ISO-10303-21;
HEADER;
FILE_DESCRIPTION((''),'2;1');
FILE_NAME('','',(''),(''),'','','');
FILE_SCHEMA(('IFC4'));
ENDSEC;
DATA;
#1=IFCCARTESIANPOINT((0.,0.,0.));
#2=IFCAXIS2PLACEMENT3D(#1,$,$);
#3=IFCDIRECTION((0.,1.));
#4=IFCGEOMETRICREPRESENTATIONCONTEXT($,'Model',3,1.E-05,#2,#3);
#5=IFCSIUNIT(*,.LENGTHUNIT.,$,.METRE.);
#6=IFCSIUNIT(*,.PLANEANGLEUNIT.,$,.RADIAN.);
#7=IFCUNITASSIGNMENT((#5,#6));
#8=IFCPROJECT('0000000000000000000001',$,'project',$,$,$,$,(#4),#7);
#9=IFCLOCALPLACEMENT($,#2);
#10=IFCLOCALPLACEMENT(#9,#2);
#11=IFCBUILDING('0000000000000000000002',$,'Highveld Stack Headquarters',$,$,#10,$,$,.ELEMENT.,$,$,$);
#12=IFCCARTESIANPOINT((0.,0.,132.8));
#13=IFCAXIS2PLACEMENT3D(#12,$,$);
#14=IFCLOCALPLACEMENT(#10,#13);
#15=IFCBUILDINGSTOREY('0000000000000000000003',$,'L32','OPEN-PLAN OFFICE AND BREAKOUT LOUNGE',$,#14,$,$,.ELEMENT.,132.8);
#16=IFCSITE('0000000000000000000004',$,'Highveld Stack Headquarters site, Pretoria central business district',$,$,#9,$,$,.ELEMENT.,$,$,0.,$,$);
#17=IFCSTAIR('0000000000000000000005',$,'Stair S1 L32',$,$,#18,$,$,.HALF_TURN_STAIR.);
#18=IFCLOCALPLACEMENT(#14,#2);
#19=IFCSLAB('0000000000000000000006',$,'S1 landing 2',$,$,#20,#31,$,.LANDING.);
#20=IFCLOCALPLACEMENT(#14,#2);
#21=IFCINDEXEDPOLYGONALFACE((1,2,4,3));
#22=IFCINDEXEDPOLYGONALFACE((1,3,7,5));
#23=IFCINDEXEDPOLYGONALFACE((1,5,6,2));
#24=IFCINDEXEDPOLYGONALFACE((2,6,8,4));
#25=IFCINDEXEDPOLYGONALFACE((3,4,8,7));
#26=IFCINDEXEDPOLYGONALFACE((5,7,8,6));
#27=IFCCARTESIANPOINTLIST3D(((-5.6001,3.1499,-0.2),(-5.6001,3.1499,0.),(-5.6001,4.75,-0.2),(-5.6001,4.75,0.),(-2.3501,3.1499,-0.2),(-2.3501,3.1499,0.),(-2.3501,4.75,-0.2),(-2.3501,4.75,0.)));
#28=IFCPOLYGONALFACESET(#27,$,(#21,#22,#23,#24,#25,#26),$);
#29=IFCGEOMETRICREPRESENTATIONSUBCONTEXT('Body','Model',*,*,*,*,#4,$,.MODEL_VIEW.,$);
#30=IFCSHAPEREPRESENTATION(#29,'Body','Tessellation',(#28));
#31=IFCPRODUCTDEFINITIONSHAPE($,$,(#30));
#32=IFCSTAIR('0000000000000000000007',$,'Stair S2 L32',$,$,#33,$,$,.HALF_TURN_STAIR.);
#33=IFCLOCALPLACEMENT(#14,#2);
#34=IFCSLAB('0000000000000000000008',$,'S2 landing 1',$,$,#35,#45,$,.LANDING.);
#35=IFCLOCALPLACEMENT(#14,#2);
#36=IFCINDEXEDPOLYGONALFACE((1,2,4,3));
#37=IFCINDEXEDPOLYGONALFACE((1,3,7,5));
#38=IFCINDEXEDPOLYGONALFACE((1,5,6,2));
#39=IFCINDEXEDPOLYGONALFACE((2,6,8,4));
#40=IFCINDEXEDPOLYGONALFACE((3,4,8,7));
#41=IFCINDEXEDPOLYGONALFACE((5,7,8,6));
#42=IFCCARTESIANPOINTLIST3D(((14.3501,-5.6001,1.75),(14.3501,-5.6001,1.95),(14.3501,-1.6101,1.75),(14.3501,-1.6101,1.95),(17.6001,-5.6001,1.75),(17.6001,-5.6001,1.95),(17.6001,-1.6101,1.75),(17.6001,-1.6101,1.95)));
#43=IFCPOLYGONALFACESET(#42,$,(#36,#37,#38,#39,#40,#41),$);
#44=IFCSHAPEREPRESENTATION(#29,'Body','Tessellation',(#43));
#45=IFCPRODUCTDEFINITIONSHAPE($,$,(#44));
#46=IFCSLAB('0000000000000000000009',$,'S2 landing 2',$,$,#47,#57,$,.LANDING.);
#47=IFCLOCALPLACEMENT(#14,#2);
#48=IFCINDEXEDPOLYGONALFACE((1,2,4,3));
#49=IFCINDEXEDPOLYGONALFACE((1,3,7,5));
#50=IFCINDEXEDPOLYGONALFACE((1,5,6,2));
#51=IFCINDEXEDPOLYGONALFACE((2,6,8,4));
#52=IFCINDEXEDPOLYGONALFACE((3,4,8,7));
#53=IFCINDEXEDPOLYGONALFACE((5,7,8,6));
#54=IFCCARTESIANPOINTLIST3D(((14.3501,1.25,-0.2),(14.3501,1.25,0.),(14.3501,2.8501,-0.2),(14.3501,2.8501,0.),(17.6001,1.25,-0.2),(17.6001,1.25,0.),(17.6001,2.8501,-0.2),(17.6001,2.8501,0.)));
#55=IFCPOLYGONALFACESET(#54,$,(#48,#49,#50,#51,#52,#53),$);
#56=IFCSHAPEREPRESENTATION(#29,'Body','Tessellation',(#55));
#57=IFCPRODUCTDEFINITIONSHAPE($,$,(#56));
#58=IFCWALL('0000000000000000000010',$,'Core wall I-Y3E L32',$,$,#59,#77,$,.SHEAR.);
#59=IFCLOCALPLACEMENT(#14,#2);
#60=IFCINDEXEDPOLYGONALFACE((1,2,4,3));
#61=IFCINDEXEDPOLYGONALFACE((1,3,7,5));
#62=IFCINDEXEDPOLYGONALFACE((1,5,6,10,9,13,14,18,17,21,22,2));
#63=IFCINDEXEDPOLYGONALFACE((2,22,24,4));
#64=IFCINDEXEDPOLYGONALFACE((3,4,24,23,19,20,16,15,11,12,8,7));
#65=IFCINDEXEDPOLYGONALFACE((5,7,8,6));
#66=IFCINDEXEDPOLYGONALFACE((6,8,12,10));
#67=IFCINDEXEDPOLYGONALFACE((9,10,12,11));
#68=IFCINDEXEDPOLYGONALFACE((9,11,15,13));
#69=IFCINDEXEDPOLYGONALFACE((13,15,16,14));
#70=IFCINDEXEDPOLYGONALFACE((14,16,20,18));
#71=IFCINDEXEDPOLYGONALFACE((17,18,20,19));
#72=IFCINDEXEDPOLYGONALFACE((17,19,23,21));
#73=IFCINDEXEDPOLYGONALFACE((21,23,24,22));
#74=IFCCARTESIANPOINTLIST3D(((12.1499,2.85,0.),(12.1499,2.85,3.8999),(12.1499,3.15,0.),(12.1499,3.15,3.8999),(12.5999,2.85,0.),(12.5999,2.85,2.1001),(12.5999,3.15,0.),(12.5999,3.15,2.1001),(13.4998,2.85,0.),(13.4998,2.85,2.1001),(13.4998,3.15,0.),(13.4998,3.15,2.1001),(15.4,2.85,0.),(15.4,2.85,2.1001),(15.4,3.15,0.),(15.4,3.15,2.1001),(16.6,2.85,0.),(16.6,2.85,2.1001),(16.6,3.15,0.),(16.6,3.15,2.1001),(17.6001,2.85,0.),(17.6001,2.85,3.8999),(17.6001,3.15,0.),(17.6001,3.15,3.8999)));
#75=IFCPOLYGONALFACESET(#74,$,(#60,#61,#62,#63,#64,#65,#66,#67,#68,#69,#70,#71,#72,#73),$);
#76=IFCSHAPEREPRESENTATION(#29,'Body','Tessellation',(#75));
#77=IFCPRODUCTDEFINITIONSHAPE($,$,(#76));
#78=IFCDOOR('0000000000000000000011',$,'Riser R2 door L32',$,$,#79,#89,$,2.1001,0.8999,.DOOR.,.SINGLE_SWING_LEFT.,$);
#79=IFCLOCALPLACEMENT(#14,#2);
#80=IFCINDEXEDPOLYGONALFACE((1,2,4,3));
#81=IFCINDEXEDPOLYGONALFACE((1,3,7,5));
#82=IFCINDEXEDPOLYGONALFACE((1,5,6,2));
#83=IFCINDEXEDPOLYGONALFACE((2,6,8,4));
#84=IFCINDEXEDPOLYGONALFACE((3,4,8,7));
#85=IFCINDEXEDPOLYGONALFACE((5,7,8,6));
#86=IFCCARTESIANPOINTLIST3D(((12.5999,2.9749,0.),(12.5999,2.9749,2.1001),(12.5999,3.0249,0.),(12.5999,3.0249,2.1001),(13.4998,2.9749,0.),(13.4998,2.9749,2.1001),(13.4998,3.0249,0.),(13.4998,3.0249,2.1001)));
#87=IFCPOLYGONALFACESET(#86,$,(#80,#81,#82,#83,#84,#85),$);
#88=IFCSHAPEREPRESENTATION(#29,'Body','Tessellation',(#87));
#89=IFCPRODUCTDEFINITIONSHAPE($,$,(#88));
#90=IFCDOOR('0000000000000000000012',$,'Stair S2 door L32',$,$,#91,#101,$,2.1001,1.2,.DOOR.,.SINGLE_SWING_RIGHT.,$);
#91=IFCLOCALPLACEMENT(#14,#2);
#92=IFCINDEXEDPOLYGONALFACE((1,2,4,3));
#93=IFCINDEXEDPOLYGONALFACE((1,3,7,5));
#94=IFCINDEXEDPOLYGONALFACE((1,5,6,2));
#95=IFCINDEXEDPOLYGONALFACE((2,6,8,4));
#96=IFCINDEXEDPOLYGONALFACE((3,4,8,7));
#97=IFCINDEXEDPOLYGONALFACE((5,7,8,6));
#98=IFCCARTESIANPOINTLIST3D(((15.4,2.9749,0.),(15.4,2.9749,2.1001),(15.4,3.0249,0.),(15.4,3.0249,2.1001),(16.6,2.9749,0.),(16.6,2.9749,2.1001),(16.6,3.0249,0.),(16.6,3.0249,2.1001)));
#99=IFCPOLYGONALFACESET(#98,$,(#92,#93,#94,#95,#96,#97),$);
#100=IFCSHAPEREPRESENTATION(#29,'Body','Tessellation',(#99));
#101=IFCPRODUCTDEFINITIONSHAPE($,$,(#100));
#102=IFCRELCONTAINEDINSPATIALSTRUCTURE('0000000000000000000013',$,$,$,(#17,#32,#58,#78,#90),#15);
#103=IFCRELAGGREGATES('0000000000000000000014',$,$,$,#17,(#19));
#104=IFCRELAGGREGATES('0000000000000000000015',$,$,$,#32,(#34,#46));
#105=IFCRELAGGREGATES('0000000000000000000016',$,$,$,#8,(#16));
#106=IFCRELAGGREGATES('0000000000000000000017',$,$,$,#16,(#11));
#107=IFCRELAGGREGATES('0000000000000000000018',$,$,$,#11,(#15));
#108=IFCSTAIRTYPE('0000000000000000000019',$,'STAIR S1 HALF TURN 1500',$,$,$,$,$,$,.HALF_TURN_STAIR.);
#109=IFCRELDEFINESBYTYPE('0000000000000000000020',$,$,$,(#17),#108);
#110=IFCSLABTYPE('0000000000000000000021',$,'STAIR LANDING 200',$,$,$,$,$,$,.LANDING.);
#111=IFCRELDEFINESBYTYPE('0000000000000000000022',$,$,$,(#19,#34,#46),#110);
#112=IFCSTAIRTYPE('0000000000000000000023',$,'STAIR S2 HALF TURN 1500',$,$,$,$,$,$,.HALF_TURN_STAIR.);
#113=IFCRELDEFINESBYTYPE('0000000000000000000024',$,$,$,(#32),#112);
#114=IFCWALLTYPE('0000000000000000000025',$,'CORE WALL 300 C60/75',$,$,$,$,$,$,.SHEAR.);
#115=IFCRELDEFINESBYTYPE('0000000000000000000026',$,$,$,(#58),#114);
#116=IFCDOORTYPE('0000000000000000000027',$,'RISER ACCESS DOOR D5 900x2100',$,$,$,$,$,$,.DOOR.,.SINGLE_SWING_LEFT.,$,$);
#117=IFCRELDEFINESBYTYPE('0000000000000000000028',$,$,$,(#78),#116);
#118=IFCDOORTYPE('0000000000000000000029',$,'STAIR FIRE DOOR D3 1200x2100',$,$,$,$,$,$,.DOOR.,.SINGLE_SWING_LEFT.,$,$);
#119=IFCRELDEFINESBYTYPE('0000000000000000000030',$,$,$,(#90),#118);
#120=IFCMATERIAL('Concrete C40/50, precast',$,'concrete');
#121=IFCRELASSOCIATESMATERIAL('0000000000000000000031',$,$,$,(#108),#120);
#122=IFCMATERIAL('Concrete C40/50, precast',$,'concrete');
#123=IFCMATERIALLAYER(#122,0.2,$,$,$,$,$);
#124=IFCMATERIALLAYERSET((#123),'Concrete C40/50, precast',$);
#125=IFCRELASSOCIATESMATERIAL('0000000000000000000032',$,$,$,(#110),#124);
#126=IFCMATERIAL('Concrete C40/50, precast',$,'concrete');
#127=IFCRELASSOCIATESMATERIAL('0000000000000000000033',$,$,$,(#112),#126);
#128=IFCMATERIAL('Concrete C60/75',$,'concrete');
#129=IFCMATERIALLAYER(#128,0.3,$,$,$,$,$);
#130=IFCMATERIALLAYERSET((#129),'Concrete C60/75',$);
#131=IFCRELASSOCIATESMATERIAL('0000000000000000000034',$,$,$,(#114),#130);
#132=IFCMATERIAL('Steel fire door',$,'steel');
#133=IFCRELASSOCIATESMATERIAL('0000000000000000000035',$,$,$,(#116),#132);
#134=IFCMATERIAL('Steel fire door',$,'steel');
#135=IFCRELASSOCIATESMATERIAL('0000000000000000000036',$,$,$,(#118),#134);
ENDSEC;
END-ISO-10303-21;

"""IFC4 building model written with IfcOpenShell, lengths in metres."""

from ifc_helpers import new_model, si_unit, direction, frame, frame_2d, origin, place, context, subcontext, project, spatial, polyline, rectangle, outline, extrude, material, layer, layer_set, type_object, element, fill, aggregate, save


model = new_model("IFC4")

# Units and contexts
model_context = context("Model", 3, precision=1e-05, world=origin(), true_north=direction((0.0, 1.0)))
body_context = subcontext(model_context, "Body", "Model", "MODEL_VIEW")
ifc_project = project(units=[si_unit("LENGTHUNIT", "METRE"), si_unit("PLANEANGLEUNIT", "RADIAN")], contexts=[model_context])

# Site, building, storey
site_placement = place(None, origin())
site = spatial("IfcSite", under=ifc_project, at=site_placement, Name="Highveld Stack Headquarters site, Pretoria central business district", CompositionType="ELEMENT", RefElevation=0.0)
building_placement = place(site_placement, origin())
building = spatial("IfcBuilding", under=site, at=building_placement, Name="Highveld Stack Headquarters", CompositionType="ELEMENT")
storey_placement = place(building_placement, frame((0.0, 0.0, 132.8)))
storey = spatial("IfcBuildingStorey", under=building, at=storey_placement, Name="L32", Description="OPEN-PLAN OFFICE AND BREAKOUT LOUNGE", CompositionType="ELEMENT", Elevation=132.8)

# Stair, slab
ifc_material_1 = material(Name="Concrete C40/50, precast", Category="concrete")
stair_type_1 = type_object("IfcStairType", Name="STAIR S1 HALF TURN 1500", PredefinedType="HALF_TURN_STAIR", material=ifc_material_1)
stair_1_placement = place(storey_placement, origin())
stair_1 = element("IfcStair", 1, at=stair_1_placement, inside=storey, type_object=stair_type_1, Name="Stair S1 L32", PredefinedType="HALF_TURN_STAIR")
ifc_material_2 = material(Name="Concrete C40/50, precast", Category="concrete")
ifc_layer_1 = layer(ifc_material_2, 0.2)
ifc_layer_set_1 = layer_set([ifc_layer_1], Name="Concrete C40/50, precast")
slab_type = type_object("IfcSlabType", Name="STAIR LANDING 200", PredefinedType="LANDING", material=ifc_layer_set_1)
slab_1_placement = place(storey_placement, frame((0.0, 0.0, -0.2)))
slab_1 = element("IfcSlab", 2, at=slab_1_placement, type_object=slab_type, Name="S1 landing 2", PredefinedType="LANDING", context=body_context, shape_type="SweptSolid", body=[
    extrude(outline(polyline([(-5.6001, 3.1499), (-2.3501, 3.1499), (-2.3501, 4.75), (-5.6001, 4.75), (-5.6001, 3.1499)])), origin(), (0.0, 0.0, 1.0), 0.2),
])
aggregate(stair_1, [slab_1])

# Stair, slabs
ifc_material_3 = material(Name="Concrete C40/50, precast", Category="concrete")
stair_type_2 = type_object("IfcStairType", Name="STAIR S2 HALF TURN 1500", PredefinedType="HALF_TURN_STAIR", material=ifc_material_3)
stair_2_placement = place(storey_placement, origin())
stair_2 = element("IfcStair", 3, at=stair_2_placement, inside=storey, type_object=stair_type_2, Name="Stair S2 L32", PredefinedType="HALF_TURN_STAIR")
slab_2_placement = place(storey_placement, frame((0.0, 0.0, 1.75)))
slab_2 = element("IfcSlab", 4, at=slab_2_placement, type_object=slab_type, Name="S2 landing 1", PredefinedType="LANDING", context=body_context, shape_type="SweptSolid", body=[
    extrude(outline(polyline([(14.3501, -5.6001), (17.6001, -5.6001), (17.6001, -1.6101), (14.3501, -1.6101), (14.3501, -5.6001)])), origin(), (0.0, 0.0, 1.0), 0.2),
])
slab_3_placement = place(storey_placement, frame((0.0, 0.0, -0.2)))
slab_3 = element("IfcSlab", 5, at=slab_3_placement, type_object=slab_type, Name="S2 landing 2", PredefinedType="LANDING", context=body_context, shape_type="SweptSolid", body=[
    extrude(outline(polyline([(14.3501, 1.25), (17.6001, 1.25), (17.6001, 2.8501), (14.3501, 2.8501), (14.3501, 1.25)])), origin(), (0.0, 0.0, 1.0), 0.2),
])
aggregate(stair_2, [slab_2, slab_3])

# Wall, openings, doors
ifc_material_4 = material(Name="Concrete C60/75", Category="concrete")
ifc_layer_2 = layer(ifc_material_4, 0.3)
ifc_layer_set_2 = layer_set([ifc_layer_2], Name="Concrete C60/75")
wall_type_1 = type_object("IfcWallType", Name="CORE WALL 300 C60/75", PredefinedType="SHEAR", material=ifc_layer_set_2)
wall_1_placement = place(storey_placement, frame((12.1499, 3.0, 0.0), z_axis=(0.0, 0.0, 1.0), x_axis=(1.0, 0.0, 0.0)))
wall_1 = element("IfcWall", 6, at=wall_1_placement, inside=storey, type_object=wall_type_1, Name="Core wall I-Y3E L32", PredefinedType="SHEAR", context=body_context, shape_type="SweptSolid", body=[
    extrude(rectangle(XDim=5.4502, YDim=0.3, at=frame_2d((2.7251, 0.0))), origin(), (0.0, 0.0, 1.0), 3.8999),
])
opening_1_placement = place(wall_1_placement, frame((3.25, 0.0, 0.0)))
opening_1 = element("IfcOpeningElement", 7, at=opening_1_placement, cuts=wall_1, PredefinedType="OPENING", context=body_context, shape_type="SweptSolid", body=[
    extrude(rectangle(XDim=1.2, YDim=2.1001, at=frame_2d((0.6001, 1.05))), frame((0.0, 0.1599, 0.0), z_axis=(0.0, -1.0, 0.0), x_axis=(1.0, 0.0, 0.0)), (0.0, 0.0, 1.0), 0.3201),
])
opening_2_placement = place(wall_1_placement, frame((0.45, 0.0, 0.0)))
opening_2 = element("IfcOpeningElement", 8, at=opening_2_placement, cuts=wall_1, PredefinedType="OPENING", context=body_context, shape_type="SweptSolid", body=[
    extrude(rectangle(XDim=0.8999, YDim=2.1001, at=frame_2d((0.45, 1.05))), frame((0.0, 0.1599, 0.0), z_axis=(0.0, -1.0, 0.0), x_axis=(1.0, 0.0, 0.0)), (0.0, 0.0, 1.0), 0.3201),
])
ifc_material_5 = material(Name="Steel fire door", Category="steel")
door_type_1 = type_object("IfcDoorType", Name="RISER ACCESS DOOR D5 900x2100", OperationType="SINGLE_SWING_LEFT", PredefinedType="DOOR", material=ifc_material_5)
door_1_placement = place(opening_2_placement, origin())
door_1 = element("IfcDoor", 9, at=door_1_placement, inside=storey, type_object=door_type_1, Name="Riser R2 door L32", OperationType="SINGLE_SWING_LEFT", OverallHeight=2.1001, OverallWidth=0.8999, PredefinedType="DOOR", context=body_context, shape_type="SweptSolid", body=[
    extrude(rectangle(XDim=0.8999, YDim=2.1001, at=frame_2d((0.45, 1.05))), frame((0.0, 0.0249, 0.0), z_axis=(0.0, -1.0, 0.0), x_axis=(1.0, 0.0, 0.0)), (0.0, 0.0, 1.0), 0.05),
])
fill(opening_2, door_1)
ifc_material_6 = material(Name="Steel fire door", Category="steel")
door_type_2 = type_object("IfcDoorType", Name="STAIR FIRE DOOR D3 1200x2100", OperationType="SINGLE_SWING_LEFT", PredefinedType="DOOR", material=ifc_material_6)
door_2_placement = place(opening_1_placement, origin())
door_2 = element("IfcDoor", 10, at=door_2_placement, inside=storey, type_object=door_type_2, Name="Stair S2 door L32", OperationType="SINGLE_SWING_RIGHT", OverallHeight=2.1001, OverallWidth=1.2, PredefinedType="DOOR", context=body_context, shape_type="SweptSolid", body=[
    extrude(rectangle(XDim=1.2, YDim=2.1001, at=frame_2d((0.6001, 1.05))), frame((0.0, 0.0249, 0.0), z_axis=(0.0, -1.0, 0.0), x_axis=(1.0, 0.0, 0.0)), (0.0, 0.0, 1.0), 0.05),
])
fill(opening_1, door_2)

save(model, "model.ifc")
